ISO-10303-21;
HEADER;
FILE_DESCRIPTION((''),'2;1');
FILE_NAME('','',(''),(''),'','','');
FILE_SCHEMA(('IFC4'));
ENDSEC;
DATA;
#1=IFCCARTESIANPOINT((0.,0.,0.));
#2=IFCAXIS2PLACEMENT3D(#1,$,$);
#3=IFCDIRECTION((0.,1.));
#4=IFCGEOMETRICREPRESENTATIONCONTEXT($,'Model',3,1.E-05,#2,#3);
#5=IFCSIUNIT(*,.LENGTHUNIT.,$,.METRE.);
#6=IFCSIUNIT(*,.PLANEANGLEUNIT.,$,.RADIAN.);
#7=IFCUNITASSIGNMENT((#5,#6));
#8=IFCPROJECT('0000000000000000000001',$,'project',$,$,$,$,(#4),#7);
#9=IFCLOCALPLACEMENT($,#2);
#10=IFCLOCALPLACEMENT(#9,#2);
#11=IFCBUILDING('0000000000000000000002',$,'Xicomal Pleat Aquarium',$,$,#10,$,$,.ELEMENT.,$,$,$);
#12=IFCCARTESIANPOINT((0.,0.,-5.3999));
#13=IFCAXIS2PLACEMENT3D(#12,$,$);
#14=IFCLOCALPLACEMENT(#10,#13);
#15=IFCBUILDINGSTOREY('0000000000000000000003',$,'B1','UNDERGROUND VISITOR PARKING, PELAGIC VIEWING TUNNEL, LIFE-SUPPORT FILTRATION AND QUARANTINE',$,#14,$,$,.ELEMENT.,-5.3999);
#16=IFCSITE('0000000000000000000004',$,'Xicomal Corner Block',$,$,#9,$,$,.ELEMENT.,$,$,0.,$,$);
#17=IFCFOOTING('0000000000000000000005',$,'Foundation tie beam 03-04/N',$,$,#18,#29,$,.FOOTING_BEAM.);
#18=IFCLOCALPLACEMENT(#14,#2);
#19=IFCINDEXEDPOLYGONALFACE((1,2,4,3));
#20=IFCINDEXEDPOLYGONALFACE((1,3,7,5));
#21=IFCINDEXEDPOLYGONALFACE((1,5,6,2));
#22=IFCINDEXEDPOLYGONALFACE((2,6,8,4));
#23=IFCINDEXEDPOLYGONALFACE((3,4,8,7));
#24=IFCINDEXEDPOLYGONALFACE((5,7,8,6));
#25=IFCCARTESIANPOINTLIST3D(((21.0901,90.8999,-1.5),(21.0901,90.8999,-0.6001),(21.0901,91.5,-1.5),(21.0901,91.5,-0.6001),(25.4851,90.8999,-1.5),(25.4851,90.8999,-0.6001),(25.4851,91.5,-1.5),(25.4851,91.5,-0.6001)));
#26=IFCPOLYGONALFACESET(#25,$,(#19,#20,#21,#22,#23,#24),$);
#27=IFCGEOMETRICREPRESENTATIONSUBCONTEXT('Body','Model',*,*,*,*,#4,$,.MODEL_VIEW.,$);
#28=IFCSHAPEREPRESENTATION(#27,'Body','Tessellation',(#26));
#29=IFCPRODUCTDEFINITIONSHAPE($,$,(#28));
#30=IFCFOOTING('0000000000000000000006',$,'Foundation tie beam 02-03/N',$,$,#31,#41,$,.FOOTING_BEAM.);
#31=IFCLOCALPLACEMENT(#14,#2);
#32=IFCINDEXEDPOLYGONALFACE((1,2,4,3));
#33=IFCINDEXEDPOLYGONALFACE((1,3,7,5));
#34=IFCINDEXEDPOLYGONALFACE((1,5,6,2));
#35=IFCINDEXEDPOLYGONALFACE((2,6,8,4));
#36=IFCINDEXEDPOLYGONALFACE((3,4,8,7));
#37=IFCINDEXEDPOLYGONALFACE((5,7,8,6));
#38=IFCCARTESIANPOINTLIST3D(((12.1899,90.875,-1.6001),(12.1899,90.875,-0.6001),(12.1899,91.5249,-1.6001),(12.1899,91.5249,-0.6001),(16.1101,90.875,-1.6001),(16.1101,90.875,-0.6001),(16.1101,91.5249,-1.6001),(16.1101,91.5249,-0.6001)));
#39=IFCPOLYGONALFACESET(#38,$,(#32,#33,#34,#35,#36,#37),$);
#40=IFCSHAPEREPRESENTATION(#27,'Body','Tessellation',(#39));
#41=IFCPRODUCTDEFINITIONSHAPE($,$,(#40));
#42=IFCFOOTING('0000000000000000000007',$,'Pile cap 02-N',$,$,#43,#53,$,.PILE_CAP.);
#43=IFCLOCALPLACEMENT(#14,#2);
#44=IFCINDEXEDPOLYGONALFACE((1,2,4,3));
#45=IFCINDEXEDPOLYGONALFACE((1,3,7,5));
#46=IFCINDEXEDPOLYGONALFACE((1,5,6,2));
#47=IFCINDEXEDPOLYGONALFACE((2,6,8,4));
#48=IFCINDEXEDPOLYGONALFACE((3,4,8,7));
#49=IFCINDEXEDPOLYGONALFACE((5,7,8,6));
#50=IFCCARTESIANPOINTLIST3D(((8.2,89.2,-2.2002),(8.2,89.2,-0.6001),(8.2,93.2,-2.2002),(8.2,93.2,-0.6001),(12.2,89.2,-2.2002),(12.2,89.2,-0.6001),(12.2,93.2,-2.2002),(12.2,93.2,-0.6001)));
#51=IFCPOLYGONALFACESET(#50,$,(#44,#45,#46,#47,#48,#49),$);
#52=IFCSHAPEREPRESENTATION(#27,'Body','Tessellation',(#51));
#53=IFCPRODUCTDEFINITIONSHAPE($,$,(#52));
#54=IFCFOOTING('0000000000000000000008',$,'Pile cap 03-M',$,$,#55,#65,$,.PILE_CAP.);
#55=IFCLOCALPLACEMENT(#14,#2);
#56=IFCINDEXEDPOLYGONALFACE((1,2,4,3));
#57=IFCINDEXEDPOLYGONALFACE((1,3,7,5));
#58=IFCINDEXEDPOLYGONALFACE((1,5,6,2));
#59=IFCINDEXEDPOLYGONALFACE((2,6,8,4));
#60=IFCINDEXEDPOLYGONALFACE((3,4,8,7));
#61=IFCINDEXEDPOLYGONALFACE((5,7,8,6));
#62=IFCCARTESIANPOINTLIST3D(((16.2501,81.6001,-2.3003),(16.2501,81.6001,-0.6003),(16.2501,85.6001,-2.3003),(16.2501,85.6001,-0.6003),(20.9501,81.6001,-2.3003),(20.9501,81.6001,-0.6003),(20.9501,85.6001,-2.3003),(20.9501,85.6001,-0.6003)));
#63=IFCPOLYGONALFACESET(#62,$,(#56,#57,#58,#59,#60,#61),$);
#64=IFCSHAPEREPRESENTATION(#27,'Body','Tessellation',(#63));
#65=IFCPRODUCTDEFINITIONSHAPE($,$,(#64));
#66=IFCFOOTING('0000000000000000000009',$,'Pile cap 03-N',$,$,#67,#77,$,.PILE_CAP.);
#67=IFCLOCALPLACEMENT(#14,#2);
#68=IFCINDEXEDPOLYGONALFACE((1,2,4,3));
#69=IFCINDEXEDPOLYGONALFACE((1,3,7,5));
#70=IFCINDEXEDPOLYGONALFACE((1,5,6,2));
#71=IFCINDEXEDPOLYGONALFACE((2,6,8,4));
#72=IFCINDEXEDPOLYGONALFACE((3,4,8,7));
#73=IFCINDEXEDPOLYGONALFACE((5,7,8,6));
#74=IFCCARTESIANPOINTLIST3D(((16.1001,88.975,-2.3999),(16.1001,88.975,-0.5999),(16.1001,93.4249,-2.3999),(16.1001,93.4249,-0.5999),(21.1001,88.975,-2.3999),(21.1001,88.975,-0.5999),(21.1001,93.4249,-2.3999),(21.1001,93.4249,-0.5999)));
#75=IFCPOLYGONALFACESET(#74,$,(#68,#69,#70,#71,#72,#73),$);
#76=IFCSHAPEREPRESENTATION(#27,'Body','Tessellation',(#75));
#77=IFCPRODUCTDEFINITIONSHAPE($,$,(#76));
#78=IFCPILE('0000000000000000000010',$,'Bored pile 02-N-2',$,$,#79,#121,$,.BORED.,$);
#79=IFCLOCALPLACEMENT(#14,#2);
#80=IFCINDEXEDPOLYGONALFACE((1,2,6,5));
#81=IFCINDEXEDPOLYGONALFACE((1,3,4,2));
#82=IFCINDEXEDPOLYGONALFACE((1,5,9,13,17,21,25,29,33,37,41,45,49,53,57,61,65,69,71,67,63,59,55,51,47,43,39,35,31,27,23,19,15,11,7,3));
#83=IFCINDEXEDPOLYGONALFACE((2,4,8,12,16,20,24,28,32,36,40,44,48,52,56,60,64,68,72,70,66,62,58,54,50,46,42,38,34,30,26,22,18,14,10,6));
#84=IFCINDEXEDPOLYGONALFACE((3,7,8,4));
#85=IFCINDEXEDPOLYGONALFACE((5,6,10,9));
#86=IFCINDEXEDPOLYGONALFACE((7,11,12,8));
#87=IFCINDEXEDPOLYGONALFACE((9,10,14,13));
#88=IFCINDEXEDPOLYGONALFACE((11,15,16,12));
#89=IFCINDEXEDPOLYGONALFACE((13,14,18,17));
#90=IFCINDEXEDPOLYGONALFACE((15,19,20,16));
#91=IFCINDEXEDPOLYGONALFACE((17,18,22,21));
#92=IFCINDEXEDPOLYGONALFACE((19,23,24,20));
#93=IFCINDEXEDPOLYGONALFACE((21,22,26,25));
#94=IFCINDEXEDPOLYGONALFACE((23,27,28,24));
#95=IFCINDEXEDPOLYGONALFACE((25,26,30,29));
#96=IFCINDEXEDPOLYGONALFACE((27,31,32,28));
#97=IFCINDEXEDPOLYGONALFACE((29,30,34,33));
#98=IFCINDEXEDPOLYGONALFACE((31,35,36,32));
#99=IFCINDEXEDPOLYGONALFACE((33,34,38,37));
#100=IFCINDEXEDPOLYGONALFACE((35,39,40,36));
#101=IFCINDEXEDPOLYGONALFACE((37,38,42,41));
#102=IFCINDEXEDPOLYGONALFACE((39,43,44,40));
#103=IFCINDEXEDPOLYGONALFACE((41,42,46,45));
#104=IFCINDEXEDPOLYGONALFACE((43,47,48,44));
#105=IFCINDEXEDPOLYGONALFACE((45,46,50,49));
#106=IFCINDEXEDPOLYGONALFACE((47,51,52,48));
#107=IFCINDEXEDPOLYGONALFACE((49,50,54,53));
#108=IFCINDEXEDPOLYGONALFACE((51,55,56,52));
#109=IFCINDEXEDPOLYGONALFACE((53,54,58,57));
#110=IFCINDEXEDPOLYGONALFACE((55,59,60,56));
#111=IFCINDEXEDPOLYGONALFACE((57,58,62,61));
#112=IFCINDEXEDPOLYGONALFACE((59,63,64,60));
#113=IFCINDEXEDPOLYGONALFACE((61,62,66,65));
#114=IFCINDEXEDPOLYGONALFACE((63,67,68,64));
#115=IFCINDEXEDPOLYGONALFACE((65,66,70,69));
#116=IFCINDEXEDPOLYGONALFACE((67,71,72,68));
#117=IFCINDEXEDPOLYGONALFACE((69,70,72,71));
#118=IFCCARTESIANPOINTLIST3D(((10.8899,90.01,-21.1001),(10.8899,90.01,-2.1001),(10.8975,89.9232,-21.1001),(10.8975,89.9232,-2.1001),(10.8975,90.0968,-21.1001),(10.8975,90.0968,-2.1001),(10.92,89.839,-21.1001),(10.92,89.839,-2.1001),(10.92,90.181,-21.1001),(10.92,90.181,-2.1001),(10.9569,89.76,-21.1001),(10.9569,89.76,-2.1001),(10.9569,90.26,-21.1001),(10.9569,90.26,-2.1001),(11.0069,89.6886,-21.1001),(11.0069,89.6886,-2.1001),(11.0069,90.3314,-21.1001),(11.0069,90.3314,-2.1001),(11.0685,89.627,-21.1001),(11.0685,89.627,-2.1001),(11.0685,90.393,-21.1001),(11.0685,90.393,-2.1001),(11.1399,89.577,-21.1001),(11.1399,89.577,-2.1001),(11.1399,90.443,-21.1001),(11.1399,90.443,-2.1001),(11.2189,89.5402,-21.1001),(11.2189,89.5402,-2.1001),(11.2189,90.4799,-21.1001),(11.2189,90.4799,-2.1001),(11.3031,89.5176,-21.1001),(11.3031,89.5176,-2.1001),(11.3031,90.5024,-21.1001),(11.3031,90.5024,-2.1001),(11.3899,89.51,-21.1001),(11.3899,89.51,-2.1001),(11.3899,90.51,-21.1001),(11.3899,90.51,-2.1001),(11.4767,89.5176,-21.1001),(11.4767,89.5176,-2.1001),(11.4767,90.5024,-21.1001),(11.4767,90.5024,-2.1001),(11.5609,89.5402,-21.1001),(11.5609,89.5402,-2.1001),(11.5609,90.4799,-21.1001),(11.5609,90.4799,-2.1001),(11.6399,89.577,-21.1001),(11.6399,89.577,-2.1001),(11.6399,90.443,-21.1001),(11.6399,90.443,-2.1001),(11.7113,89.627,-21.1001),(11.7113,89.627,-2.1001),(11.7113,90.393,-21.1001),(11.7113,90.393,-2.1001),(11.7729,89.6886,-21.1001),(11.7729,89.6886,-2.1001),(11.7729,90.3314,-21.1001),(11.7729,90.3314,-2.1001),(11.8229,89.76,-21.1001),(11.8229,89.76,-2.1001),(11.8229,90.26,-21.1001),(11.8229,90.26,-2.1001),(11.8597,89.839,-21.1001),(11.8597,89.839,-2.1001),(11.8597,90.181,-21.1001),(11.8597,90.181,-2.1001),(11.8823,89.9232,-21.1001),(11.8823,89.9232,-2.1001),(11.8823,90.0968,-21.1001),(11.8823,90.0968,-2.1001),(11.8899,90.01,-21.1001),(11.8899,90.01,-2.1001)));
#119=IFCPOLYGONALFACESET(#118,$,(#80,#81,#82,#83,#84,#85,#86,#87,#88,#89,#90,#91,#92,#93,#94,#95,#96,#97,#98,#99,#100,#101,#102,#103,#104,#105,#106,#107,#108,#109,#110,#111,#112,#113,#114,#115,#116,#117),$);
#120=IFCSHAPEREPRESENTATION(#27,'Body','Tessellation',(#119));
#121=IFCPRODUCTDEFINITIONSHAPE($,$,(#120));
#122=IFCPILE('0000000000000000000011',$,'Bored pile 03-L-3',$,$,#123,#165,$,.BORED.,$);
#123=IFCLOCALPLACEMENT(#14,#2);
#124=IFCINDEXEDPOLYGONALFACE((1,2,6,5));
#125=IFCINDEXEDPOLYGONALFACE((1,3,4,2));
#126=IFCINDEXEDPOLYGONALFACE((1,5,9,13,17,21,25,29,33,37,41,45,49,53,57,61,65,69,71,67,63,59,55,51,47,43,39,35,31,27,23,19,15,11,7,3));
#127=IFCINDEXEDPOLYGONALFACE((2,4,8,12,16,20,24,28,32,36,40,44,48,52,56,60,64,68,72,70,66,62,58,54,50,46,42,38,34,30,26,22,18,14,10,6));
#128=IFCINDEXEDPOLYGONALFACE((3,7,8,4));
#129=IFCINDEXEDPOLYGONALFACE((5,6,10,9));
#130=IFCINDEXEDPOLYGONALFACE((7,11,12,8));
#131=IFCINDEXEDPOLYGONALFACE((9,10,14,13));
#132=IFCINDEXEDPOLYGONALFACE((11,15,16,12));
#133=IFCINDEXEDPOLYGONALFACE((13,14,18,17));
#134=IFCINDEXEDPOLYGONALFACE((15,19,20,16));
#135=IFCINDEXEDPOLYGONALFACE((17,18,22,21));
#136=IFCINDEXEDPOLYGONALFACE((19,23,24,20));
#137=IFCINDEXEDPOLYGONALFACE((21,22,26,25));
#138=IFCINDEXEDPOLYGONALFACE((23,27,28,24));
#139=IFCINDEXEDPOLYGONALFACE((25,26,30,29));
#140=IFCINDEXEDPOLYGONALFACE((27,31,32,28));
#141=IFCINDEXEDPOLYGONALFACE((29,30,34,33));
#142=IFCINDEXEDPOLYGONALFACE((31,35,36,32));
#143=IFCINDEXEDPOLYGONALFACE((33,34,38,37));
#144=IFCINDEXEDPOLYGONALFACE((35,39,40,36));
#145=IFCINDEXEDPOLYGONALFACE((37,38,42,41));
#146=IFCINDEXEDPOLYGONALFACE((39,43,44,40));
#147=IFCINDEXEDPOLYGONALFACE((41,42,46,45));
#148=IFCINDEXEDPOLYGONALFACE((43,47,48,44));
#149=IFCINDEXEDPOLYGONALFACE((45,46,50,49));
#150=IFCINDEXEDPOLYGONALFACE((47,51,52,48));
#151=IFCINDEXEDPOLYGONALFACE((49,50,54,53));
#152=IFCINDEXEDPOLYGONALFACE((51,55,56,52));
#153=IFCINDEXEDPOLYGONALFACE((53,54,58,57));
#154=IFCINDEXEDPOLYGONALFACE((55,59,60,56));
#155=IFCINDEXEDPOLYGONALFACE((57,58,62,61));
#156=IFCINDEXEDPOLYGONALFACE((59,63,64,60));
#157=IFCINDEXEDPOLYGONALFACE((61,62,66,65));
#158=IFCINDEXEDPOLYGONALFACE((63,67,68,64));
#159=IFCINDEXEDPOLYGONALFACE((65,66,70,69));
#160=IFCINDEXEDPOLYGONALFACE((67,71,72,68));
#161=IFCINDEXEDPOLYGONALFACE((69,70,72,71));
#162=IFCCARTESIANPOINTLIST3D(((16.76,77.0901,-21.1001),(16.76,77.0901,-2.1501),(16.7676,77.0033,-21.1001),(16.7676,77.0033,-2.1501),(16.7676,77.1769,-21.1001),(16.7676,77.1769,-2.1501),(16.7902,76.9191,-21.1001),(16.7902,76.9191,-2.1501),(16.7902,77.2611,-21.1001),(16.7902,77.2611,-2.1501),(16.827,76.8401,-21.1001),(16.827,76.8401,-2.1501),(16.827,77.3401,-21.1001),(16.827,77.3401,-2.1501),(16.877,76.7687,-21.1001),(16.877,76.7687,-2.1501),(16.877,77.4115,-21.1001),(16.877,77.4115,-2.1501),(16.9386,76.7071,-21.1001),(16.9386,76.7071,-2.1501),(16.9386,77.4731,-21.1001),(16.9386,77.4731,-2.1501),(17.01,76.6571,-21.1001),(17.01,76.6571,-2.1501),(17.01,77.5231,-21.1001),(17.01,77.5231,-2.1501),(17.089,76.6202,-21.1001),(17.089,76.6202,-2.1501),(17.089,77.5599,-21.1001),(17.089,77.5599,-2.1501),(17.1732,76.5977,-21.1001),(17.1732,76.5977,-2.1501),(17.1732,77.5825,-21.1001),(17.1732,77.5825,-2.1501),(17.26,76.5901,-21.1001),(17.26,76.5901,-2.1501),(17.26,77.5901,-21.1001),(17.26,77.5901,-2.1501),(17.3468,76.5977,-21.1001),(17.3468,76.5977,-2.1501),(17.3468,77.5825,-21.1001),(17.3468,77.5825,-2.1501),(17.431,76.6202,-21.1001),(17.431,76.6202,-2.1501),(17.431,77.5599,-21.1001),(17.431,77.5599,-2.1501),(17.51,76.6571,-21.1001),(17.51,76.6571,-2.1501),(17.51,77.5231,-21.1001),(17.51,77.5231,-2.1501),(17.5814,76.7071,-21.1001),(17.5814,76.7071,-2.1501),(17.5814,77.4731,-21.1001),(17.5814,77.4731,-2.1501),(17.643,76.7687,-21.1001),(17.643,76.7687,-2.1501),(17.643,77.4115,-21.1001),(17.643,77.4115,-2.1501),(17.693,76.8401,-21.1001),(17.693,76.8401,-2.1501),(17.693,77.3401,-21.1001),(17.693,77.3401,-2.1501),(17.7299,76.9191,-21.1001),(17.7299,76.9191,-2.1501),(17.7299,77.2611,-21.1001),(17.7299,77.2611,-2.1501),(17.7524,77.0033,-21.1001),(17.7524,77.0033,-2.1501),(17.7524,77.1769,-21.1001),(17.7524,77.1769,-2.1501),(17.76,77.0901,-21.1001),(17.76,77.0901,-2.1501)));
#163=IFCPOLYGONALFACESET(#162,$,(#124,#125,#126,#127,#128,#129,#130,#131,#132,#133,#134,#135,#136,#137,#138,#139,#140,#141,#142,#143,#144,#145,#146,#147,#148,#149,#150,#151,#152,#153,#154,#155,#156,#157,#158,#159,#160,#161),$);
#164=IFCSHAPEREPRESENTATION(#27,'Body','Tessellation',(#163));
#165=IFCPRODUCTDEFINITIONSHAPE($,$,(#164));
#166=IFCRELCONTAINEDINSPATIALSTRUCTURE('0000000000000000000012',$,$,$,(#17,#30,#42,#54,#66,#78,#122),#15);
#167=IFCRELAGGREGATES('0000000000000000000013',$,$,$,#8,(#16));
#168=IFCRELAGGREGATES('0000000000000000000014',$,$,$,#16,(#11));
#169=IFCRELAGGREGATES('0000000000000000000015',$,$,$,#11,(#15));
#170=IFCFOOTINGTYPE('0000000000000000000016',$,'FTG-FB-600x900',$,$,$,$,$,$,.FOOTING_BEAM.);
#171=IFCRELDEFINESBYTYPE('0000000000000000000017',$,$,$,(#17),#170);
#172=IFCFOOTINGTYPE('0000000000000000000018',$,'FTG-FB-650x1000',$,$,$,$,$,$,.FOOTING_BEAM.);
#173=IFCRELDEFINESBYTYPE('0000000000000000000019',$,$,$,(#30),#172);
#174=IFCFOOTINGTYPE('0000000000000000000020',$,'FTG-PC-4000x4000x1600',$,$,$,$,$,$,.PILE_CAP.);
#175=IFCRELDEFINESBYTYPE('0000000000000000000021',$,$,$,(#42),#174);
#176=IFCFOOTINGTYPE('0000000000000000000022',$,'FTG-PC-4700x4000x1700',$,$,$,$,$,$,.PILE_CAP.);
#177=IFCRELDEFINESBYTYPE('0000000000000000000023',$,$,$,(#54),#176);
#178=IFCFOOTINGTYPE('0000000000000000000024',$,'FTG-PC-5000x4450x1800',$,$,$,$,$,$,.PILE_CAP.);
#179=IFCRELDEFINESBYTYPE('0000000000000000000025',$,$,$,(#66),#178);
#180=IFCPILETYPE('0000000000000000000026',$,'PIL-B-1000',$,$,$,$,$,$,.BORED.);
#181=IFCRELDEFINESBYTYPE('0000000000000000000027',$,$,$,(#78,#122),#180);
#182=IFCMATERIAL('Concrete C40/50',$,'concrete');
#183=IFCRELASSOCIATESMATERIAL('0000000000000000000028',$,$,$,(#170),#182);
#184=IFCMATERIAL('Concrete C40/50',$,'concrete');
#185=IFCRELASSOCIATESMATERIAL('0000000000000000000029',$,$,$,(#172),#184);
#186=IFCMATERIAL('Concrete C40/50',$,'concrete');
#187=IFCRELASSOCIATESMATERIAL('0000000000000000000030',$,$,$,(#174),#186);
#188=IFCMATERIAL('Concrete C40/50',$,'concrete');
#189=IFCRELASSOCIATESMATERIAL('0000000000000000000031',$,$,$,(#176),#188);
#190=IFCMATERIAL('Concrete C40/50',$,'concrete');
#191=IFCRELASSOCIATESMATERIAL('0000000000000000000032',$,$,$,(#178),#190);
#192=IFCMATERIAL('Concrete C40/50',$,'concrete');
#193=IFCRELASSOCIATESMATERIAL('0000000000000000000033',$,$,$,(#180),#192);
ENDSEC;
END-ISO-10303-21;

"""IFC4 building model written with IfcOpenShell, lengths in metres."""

from ifc_helpers import new_model, si_unit, direction, frame, origin, origin_2d, place, context, subcontext, project, spatial, rectangle, circle, extrude, material, material_profile, profile_set, type_object, element, save


model = new_model("IFC4")

# Units and contexts
model_context = context("Model", 3, precision=1e-05, world=origin(), true_north=direction((0.0, 1.0)))
body_context = subcontext(model_context, "Body", "Model", "MODEL_VIEW")
ifc_project = project(units=[si_unit("LENGTHUNIT", "METRE"), si_unit("PLANEANGLEUNIT", "RADIAN")], contexts=[model_context])

# Site, building, storey
site_placement = place(None, origin())
site = spatial("IfcSite", under=ifc_project, at=site_placement, Name="Xicomal Corner Block", CompositionType="ELEMENT", RefElevation=0.0)
building_placement = place(site_placement, origin())
building = spatial("IfcBuilding", under=site, at=building_placement, Name="Xicomal Pleat Aquarium", CompositionType="ELEMENT")
storey_placement = place(building_placement, frame((0.0, 0.0, -5.3999)))
storey = spatial("IfcBuildingStorey", under=building, at=storey_placement, Name="B1", Description="UNDERGROUND VISITOR PARKING, PELAGIC VIEWING TUNNEL, LIFE-SUPPORT FILTRATION AND QUARANTINE", CompositionType="ELEMENT", Elevation=-5.3999)

# Footings
ifc_material_1 = material(Name="Concrete C40/50", Category="concrete")
ifc_material_profile_1 = material_profile(ifc_material_1, rectangle(XDim=0.6001, YDim=0.8999, at=origin_2d()), Name="FB-02 600x900")
ifc_profile_set_1 = profile_set([ifc_material_profile_1], Name="Concrete C40/50")
footing_type_1 = type_object("IfcFootingType", Name="FTG-FB-600x900", PredefinedType="FOOTING_BEAM", material=ifc_profile_set_1)
footing_1_placement = place(storey_placement, frame((21.0901, 91.2, -1.05), z_axis=(1.0, 0.0, 0.0), x_axis=(0.0, 1.0, 0.0)))
element("IfcFooting", 1, at=footing_1_placement, inside=storey, type_object=footing_type_1, Name="Foundation tie beam 03-04/N", PredefinedType="FOOTING_BEAM", context=body_context, shape_type="SweptSolid", body=[
    extrude(rectangle(XDim=0.6001, YDim=0.8999, at=origin_2d()), origin(), (0.0, 0.0, 1.0), 4.395),
])
ifc_material_2 = material(Name="Concrete C40/50", Category="concrete")
ifc_material_profile_2 = material_profile(ifc_material_2, rectangle(XDim=0.6499, YDim=1.0, at=origin_2d()), Name="FB-03 650x1000")
ifc_profile_set_2 = profile_set([ifc_material_profile_2], Name="Concrete C40/50")
footing_type_2 = type_object("IfcFootingType", Name="FTG-FB-650x1000", PredefinedType="FOOTING_BEAM", material=ifc_profile_set_2)
footing_2_placement = place(storey_placement, frame((12.1899, 91.2, -1.1001), z_axis=(1.0, 0.0, 0.0), x_axis=(0.0, 1.0, 0.0)))
element("IfcFooting", 2, at=footing_2_placement, inside=storey, type_object=footing_type_2, Name="Foundation tie beam 02-03/N", PredefinedType="FOOTING_BEAM", context=body_context, shape_type="SweptSolid", body=[
    extrude(rectangle(XDim=0.6499, YDim=1.0, at=origin_2d()), origin(), (0.0, 0.0, 1.0), 3.9202),
])
ifc_material_3 = material(Name="Concrete C40/50", Category="concrete")
footing_type_3 = type_object("IfcFootingType", Name="FTG-PC-4000x4000x1600", PredefinedType="PILE_CAP", material=ifc_material_3)
footing_3_placement = place(storey_placement, frame((10.2, 91.2, -2.2002), z_axis=(0.0, 0.0, 1.0), x_axis=(1.0, 0.0, 0.0)))
element("IfcFooting", 3, at=footing_3_placement, inside=storey, type_object=footing_type_3, Name="Pile cap 02-N", PredefinedType="PILE_CAP", context=body_context, shape_type="SweptSolid", body=[
    extrude(rectangle(XDim=4.0, YDim=4.0, at=origin_2d()), origin(), (0.0, 0.0, 1.0), 1.6001),
])
ifc_material_4 = material(Name="Concrete C40/50", Category="concrete")
footing_type_4 = type_object("IfcFootingType", Name="FTG-PC-4700x4000x1700", PredefinedType="PILE_CAP", material=ifc_material_4)
footing_4_placement = place(storey_placement, frame((18.6001, 83.6001, -2.3003), z_axis=(0.0, 0.0, 1.0), x_axis=(1.0, 0.0, 0.0)))
element("IfcFooting", 4, at=footing_4_placement, inside=storey, type_object=footing_type_4, Name="Pile cap 03-M", PredefinedType="PILE_CAP", context=body_context, shape_type="SweptSolid", body=[
    extrude(rectangle(XDim=4.7, YDim=4.0, at=origin_2d()), origin(), (0.0, 0.0, 1.0), 1.7),
])
ifc_material_5 = material(Name="Concrete C40/50", Category="concrete")
footing_type_5 = type_object("IfcFootingType", Name="FTG-PC-5000x4450x1800", PredefinedType="PILE_CAP", material=ifc_material_5)
footing_5_placement = place(storey_placement, frame((18.6001, 91.2, -2.3999), z_axis=(0.0, 0.0, 1.0), x_axis=(1.0, 0.0, 0.0)))
element("IfcFooting", 5, at=footing_5_placement, inside=storey, type_object=footing_type_5, Name="Pile cap 03-N", PredefinedType="PILE_CAP", context=body_context, shape_type="SweptSolid", body=[
    extrude(rectangle(XDim=5.0, YDim=4.45, at=origin_2d()), origin(), (0.0, 0.0, 1.0), 1.8),
])

# Piles
ifc_material_6 = material(Name="Concrete C40/50", Category="concrete")
ifc_material_profile_3 = material_profile(ifc_material_6, circle(Radius=0.5, at=origin_2d()), Name="BORED PILE D1000")
ifc_profile_set_3 = profile_set([ifc_material_profile_3], Name="Concrete C40/50")
pile_type_1 = type_object("IfcPileType", Name="PIL-B-1000", PredefinedType="BORED", material=ifc_profile_set_3)
pile_1_placement = place(storey_placement, frame((11.3899, 90.01, -2.1001), z_axis=(0.0, 0.0, -1.0), x_axis=(1.0, 0.0, 0.0)))
element("IfcPile", 6, at=pile_1_placement, inside=storey, type_object=pile_type_1, Name="Bored pile 02-N-2", PredefinedType="BORED", context=body_context, shape_type="SweptSolid", body=[
    extrude(circle(Radius=0.5, at=origin_2d()), origin(), (0.0, 0.0, 1.0), 19.0),
])
for number, where, z_axis, x_axis, name in (
    (7, (17.26, 77.0901, -2.1501), (0.0, 0.0, -1.0), (1.0, 0.0, 0.0), "Bored pile 03-L-3"),
):
    element("IfcPile", number, at=place(storey_placement, frame(where, z_axis=z_axis, x_axis=x_axis)), inside=storey, type_object=pile_type_1, Name=name, PredefinedType="BORED", context=body_context, shape_type="SweptSolid", body=[
        extrude(circle(Radius=0.5, at=origin_2d()), origin(), (0.0, 0.0, 1.0), 18.95),
    ])

save(model, "model.ifc")
